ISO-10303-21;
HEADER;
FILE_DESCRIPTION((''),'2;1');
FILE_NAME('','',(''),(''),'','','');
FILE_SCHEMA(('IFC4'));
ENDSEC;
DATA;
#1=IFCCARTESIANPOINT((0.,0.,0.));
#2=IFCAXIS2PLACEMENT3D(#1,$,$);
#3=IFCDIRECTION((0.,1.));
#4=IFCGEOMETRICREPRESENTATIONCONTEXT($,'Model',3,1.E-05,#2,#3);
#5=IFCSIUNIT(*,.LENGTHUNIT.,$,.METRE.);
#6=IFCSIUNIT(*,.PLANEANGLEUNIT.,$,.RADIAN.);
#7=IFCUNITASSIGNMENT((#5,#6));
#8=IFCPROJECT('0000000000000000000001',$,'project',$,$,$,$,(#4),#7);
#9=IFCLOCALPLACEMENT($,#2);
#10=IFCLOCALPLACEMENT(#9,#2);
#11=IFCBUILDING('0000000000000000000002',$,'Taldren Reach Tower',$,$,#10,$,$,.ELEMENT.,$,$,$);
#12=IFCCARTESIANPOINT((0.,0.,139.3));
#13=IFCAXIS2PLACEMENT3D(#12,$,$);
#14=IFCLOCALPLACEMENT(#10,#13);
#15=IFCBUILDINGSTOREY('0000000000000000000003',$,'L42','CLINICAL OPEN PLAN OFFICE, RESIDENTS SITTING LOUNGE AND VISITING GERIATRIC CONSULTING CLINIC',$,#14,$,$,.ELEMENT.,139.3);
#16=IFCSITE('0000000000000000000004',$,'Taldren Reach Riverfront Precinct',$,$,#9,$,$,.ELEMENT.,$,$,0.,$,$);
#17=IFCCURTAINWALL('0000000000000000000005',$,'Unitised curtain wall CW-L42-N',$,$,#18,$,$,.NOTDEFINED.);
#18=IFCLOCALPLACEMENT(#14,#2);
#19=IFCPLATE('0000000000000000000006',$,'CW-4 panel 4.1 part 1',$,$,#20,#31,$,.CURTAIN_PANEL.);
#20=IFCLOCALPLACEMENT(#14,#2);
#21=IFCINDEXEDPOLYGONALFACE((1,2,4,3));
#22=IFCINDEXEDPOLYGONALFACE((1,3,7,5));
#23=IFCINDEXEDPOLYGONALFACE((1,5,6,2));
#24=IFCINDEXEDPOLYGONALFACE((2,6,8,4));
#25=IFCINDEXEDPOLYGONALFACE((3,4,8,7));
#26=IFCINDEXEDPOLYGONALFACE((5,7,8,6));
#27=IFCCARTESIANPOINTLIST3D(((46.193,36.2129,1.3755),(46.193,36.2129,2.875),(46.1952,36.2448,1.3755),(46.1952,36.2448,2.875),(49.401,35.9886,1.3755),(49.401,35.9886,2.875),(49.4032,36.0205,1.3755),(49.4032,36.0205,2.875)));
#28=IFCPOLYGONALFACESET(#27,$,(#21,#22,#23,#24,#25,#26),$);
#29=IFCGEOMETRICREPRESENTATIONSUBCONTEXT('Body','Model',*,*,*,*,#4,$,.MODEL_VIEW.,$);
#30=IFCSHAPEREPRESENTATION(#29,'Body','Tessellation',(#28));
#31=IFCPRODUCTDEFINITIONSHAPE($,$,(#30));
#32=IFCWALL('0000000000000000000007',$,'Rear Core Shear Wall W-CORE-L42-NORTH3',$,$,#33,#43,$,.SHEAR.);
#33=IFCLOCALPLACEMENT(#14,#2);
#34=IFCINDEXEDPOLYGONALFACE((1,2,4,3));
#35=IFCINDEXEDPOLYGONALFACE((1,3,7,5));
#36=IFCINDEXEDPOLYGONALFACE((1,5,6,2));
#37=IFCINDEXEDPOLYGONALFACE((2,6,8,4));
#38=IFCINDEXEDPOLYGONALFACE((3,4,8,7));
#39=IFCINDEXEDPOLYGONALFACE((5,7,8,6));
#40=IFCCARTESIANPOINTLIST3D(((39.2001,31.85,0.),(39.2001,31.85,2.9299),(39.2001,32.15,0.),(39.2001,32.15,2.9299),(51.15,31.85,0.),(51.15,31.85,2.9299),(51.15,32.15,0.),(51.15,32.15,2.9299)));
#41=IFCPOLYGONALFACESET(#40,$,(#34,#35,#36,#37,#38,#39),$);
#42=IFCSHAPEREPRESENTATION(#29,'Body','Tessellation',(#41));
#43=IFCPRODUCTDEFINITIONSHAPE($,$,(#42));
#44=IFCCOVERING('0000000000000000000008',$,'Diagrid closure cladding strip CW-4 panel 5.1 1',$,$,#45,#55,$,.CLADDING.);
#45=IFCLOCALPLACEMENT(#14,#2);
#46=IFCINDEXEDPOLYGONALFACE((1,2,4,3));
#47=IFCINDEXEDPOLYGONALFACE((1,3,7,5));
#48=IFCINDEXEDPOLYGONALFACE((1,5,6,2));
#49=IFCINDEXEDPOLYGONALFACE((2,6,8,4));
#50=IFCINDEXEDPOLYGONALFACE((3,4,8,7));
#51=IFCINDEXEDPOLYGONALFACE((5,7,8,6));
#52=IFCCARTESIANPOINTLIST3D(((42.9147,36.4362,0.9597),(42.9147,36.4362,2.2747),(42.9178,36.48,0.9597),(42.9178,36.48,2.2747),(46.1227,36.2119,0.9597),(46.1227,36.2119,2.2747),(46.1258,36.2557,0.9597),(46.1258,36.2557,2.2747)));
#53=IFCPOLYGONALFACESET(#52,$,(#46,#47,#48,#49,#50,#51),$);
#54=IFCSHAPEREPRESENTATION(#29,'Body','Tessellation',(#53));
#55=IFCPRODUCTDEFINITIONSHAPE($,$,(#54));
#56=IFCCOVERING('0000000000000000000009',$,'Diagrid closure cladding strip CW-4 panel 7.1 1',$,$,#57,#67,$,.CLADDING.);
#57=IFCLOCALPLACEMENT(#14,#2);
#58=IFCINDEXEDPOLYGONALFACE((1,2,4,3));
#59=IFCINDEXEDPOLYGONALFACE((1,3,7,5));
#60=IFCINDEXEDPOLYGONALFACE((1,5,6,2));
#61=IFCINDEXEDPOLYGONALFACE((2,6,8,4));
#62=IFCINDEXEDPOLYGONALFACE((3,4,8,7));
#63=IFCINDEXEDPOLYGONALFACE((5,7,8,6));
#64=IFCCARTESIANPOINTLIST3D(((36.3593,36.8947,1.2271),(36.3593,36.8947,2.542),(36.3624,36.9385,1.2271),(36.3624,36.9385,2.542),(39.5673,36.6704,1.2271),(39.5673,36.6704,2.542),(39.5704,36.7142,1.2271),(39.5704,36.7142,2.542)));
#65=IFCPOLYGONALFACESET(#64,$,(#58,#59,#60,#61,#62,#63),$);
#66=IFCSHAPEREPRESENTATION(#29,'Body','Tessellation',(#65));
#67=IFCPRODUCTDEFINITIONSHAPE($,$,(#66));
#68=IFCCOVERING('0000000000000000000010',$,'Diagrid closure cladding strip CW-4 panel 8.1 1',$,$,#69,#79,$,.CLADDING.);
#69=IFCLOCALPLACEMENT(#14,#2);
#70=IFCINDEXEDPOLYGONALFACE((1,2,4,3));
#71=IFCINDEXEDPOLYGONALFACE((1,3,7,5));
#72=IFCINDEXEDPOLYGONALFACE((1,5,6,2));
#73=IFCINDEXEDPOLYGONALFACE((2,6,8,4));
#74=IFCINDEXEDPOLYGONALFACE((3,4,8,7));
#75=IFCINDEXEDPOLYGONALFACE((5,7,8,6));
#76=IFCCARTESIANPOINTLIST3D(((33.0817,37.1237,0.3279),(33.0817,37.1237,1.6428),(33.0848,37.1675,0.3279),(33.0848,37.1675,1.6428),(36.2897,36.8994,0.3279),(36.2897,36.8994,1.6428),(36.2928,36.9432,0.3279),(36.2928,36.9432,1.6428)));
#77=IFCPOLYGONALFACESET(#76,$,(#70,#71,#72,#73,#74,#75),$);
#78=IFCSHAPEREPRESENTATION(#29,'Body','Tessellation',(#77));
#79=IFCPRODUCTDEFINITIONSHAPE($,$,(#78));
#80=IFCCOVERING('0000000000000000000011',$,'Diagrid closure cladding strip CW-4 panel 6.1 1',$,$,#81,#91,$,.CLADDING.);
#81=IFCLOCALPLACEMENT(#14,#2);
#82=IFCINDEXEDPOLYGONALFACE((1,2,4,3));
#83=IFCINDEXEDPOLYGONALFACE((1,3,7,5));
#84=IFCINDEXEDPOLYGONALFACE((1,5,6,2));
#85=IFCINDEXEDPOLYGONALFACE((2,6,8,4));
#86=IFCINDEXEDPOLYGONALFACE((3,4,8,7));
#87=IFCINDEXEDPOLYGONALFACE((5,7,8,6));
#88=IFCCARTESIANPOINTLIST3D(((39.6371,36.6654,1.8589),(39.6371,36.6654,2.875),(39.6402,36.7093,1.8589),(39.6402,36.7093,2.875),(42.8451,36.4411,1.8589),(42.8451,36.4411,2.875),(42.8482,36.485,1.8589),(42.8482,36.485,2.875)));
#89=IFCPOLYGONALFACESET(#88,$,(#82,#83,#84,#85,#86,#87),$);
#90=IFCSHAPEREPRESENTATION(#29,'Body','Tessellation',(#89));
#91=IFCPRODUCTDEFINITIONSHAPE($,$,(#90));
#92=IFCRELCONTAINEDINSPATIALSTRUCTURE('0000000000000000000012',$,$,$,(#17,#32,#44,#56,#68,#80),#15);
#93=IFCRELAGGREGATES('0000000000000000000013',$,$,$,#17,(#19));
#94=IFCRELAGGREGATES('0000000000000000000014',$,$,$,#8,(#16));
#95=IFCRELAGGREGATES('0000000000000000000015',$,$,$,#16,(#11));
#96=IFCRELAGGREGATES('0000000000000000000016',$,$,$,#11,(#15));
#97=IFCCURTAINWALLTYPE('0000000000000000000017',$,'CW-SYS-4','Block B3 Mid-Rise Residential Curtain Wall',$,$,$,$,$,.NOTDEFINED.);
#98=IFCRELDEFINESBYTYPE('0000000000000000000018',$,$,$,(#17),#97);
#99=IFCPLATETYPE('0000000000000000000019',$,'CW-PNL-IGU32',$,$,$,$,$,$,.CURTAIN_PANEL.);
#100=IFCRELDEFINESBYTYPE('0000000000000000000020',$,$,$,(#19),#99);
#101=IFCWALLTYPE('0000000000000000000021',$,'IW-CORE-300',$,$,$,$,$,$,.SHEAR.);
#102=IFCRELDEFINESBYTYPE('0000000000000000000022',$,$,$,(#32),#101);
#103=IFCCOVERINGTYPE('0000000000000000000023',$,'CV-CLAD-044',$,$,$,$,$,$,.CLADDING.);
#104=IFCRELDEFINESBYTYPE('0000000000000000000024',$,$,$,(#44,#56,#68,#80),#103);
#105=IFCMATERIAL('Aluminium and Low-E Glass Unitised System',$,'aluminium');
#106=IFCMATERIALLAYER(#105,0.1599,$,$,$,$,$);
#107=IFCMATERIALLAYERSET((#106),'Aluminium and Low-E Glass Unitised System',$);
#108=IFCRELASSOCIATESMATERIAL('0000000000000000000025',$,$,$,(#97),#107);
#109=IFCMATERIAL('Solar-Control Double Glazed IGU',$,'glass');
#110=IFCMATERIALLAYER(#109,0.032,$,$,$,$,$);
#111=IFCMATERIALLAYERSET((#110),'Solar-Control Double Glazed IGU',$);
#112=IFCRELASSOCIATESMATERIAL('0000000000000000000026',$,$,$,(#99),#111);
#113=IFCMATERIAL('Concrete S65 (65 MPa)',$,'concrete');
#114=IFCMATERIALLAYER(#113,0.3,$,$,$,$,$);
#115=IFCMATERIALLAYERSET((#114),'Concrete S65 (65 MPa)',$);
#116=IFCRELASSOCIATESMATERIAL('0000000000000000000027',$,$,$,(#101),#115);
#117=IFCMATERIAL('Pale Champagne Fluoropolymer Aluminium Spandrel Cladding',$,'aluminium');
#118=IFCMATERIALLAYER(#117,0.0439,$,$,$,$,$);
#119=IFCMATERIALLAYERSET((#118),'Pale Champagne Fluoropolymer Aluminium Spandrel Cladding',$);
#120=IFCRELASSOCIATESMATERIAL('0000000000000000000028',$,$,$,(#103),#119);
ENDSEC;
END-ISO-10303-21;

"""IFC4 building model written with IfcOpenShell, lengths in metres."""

from ifc_helpers import new_model, si_unit, direction, frame, frame_2d, origin, origin_2d, place, context, subcontext, project, spatial, rectangle, extrude, source, transform, mapped, material, layer, layer_set, type_object, element, aggregate, save


model = new_model("IFC4")

# Units and contexts
model_context = context("Model", 3, precision=1e-05, world=origin(), true_north=direction((0.0, 1.0)))
body_context = subcontext(model_context, "Body", "Model", "MODEL_VIEW")
ifc_project = project(units=[si_unit("LENGTHUNIT", "METRE"), si_unit("PLANEANGLEUNIT", "RADIAN")], contexts=[model_context])

# Site, building, storey
site_placement = place(None, origin())
site = spatial("IfcSite", under=ifc_project, at=site_placement, Name="Taldren Reach Riverfront Precinct", CompositionType="ELEMENT", RefElevation=0.0)
building_placement = place(site_placement, origin())
building = spatial("IfcBuilding", under=site, at=building_placement, Name="Taldren Reach Tower", CompositionType="ELEMENT")
storey_placement = place(building_placement, frame((0.0, 0.0, 139.3)))
storey = spatial("IfcBuildingStorey", under=building, at=storey_placement, Name="L42", Description="CLINICAL OPEN PLAN OFFICE, RESIDENTS SITTING LOUNGE AND VISITING GERIATRIC CONSULTING CLINIC", CompositionType="ELEMENT", Elevation=139.3)

# Curtain wall
ifc_material_1 = material(Name="Aluminium and Low-E Glass Unitised System", Category="aluminium")
ifc_layer_1 = layer(ifc_material_1, 0.1599)
ifc_layer_set_1 = layer_set([ifc_layer_1], Name="Aluminium and Low-E Glass Unitised System")
curtain_wall_type = type_object("IfcCurtainWallType", Name="CW-SYS-4", Description="Block B3 Mid-Rise Residential Curtain Wall", PredefinedType="NOTDEFINED", material=ifc_layer_set_1)
curtain_wall_placement = place(storey_placement, origin())
curtain_wall = element("IfcCurtainWall", 1, at=curtain_wall_placement, inside=storey, type_object=curtain_wall_type, Name="Unitised curtain wall CW-L42-N", PredefinedType="NOTDEFINED")

# Plate
ifc_material_2 = material(Name="Solar-Control Double Glazed IGU", Category="glass")
ifc_layer_2 = layer(ifc_material_2, 0.032)
ifc_layer_set_2 = layer_set([ifc_layer_2], Name="Solar-Control Double Glazed IGU")
plate_type_1 = type_object("IfcPlateType", Name="CW-PNL-IGU32", PredefinedType="CURTAIN_PANEL", material=ifc_layer_set_2)
shared_shape_1 = source(origin(), body_context, "Body", "SweptSolid", [
    extrude(rectangle(XDim=3.2158, YDim=0.032, at=origin_2d()), origin(), (0.0, 0.0, 1.0), 1.4995),
])
plate_1_placement = place(storey_placement, frame((47.7981, 36.1167, 1.3755), z_axis=(0.0, 0.0, 1.0), x_axis=(-0.997564, 0.069757, 0.0)))
plate_1 = element("IfcPlate", 2, at=plate_1_placement, type_object=plate_type_1, Name="CW-4 panel 4.1 part 1", PredefinedType="CURTAIN_PANEL", context=body_context, shape_type="MappedRepresentation", body=[
    mapped(shared_shape_1, transform((0.0, 0.0, 0.0), scale=1.0)),
])
aggregate(curtain_wall, [plate_1])

# Wall
ifc_material_3 = material(Name="Concrete S65 (65 MPa)", Category="concrete")
ifc_layer_3 = layer(ifc_material_3, 0.3)
ifc_layer_set_3 = layer_set([ifc_layer_3], Name="Concrete S65 (65 MPa)")
wall_type = type_object("IfcWallType", Name="IW-CORE-300", PredefinedType="SHEAR", material=ifc_layer_set_3)
shared_shape_2 = source(origin(), body_context, "Body", "SweptSolid", [
    extrude(rectangle(XDim=11.95, YDim=0.3, at=frame_2d((5.9751, 0.0))), origin(), (0.0, 0.0, 1.0), 2.9299),
])
wall_placement = place(storey_placement, frame((39.2, 32.0, 0.0), z_axis=(0.0, 0.0, 1.0), x_axis=(1.0, 0.0, 0.0)))
element("IfcWall", 3, at=wall_placement, inside=storey, type_object=wall_type, Name="Rear Core Shear Wall W-CORE-L42-NORTH3", PredefinedType="SHEAR", context=body_context, shape_type="MappedRepresentation", body=[
    mapped(shared_shape_2, transform((0.0, 0.0, 0.0), scale=1.0)),
])

# Coverings
ifc_material_4 = material(Name="Pale Champagne Fluoropolymer Aluminium Spandrel Cladding", Category="aluminium")
ifc_layer_4 = layer(ifc_material_4, 0.0439)
ifc_layer_set_4 = layer_set([ifc_layer_4], Name="Pale Champagne Fluoropolymer Aluminium Spandrel Cladding")
covering_type = type_object("IfcCoveringType", Name="CV-CLAD-044", PredefinedType="CLADDING", material=ifc_layer_set_4)
shared_shape_3 = source(origin(), body_context, "Body", "SweptSolid", [
    extrude(rectangle(XDim=3.2158, YDim=0.0439, at=origin_2d()), origin(), (0.0, 0.0, 1.0), 1.3149),
])
for number, where, z_axis, x_axis, name in (
    (4, (44.5203, 36.3459, 0.9597), (0.0, 0.0, 1.0), (-0.997564, 0.069757, 0.0), "Diagrid closure cladding strip CW-4 panel 5.1 1"),
    (5, (37.9648, 36.8044, 1.2271), (0.0, 0.0, 1.0), (-0.997564, 0.069757, 0.0), "Diagrid closure cladding strip CW-4 panel 7.1 1"),
    (6, (34.6873, 37.0334, 0.3279), (0.0, 0.0, 1.0), (-0.997564, 0.069757, 0.0), "Diagrid closure cladding strip CW-4 panel 8.1 1"),
):
    element("IfcCovering", number, at=place(storey_placement, frame(where, z_axis=z_axis, x_axis=x_axis)), inside=storey, type_object=covering_type, Name=name, PredefinedType="CLADDING", context=body_context, shape_type="MappedRepresentation", body=[
        mapped(shared_shape_3, transform((0.0, 0.0, 0.0), scale=1.0)),
    ])
shared_shape_4 = source(origin(), body_context, "Body", "SweptSolid", [
    extrude(rectangle(XDim=3.2158, YDim=0.0439, at=origin_2d()), origin(), (0.0, 0.0, 1.0), 1.0161),
])
covering_placement = place(storey_placement, frame((41.2427, 36.5752, 1.8589), z_axis=(0.0, 0.0, 1.0), x_axis=(-0.997564, 0.069757, 0.0)))
element("IfcCovering", 7, at=covering_placement, inside=storey, type_object=covering_type, Name="Diagrid closure cladding strip CW-4 panel 6.1 1", PredefinedType="CLADDING", context=body_context, shape_type="MappedRepresentation", body=[
    mapped(shared_shape_4, transform((0.0, 0.0, 0.0), scale=1.0)),
])

save(model, "model.ifc")
